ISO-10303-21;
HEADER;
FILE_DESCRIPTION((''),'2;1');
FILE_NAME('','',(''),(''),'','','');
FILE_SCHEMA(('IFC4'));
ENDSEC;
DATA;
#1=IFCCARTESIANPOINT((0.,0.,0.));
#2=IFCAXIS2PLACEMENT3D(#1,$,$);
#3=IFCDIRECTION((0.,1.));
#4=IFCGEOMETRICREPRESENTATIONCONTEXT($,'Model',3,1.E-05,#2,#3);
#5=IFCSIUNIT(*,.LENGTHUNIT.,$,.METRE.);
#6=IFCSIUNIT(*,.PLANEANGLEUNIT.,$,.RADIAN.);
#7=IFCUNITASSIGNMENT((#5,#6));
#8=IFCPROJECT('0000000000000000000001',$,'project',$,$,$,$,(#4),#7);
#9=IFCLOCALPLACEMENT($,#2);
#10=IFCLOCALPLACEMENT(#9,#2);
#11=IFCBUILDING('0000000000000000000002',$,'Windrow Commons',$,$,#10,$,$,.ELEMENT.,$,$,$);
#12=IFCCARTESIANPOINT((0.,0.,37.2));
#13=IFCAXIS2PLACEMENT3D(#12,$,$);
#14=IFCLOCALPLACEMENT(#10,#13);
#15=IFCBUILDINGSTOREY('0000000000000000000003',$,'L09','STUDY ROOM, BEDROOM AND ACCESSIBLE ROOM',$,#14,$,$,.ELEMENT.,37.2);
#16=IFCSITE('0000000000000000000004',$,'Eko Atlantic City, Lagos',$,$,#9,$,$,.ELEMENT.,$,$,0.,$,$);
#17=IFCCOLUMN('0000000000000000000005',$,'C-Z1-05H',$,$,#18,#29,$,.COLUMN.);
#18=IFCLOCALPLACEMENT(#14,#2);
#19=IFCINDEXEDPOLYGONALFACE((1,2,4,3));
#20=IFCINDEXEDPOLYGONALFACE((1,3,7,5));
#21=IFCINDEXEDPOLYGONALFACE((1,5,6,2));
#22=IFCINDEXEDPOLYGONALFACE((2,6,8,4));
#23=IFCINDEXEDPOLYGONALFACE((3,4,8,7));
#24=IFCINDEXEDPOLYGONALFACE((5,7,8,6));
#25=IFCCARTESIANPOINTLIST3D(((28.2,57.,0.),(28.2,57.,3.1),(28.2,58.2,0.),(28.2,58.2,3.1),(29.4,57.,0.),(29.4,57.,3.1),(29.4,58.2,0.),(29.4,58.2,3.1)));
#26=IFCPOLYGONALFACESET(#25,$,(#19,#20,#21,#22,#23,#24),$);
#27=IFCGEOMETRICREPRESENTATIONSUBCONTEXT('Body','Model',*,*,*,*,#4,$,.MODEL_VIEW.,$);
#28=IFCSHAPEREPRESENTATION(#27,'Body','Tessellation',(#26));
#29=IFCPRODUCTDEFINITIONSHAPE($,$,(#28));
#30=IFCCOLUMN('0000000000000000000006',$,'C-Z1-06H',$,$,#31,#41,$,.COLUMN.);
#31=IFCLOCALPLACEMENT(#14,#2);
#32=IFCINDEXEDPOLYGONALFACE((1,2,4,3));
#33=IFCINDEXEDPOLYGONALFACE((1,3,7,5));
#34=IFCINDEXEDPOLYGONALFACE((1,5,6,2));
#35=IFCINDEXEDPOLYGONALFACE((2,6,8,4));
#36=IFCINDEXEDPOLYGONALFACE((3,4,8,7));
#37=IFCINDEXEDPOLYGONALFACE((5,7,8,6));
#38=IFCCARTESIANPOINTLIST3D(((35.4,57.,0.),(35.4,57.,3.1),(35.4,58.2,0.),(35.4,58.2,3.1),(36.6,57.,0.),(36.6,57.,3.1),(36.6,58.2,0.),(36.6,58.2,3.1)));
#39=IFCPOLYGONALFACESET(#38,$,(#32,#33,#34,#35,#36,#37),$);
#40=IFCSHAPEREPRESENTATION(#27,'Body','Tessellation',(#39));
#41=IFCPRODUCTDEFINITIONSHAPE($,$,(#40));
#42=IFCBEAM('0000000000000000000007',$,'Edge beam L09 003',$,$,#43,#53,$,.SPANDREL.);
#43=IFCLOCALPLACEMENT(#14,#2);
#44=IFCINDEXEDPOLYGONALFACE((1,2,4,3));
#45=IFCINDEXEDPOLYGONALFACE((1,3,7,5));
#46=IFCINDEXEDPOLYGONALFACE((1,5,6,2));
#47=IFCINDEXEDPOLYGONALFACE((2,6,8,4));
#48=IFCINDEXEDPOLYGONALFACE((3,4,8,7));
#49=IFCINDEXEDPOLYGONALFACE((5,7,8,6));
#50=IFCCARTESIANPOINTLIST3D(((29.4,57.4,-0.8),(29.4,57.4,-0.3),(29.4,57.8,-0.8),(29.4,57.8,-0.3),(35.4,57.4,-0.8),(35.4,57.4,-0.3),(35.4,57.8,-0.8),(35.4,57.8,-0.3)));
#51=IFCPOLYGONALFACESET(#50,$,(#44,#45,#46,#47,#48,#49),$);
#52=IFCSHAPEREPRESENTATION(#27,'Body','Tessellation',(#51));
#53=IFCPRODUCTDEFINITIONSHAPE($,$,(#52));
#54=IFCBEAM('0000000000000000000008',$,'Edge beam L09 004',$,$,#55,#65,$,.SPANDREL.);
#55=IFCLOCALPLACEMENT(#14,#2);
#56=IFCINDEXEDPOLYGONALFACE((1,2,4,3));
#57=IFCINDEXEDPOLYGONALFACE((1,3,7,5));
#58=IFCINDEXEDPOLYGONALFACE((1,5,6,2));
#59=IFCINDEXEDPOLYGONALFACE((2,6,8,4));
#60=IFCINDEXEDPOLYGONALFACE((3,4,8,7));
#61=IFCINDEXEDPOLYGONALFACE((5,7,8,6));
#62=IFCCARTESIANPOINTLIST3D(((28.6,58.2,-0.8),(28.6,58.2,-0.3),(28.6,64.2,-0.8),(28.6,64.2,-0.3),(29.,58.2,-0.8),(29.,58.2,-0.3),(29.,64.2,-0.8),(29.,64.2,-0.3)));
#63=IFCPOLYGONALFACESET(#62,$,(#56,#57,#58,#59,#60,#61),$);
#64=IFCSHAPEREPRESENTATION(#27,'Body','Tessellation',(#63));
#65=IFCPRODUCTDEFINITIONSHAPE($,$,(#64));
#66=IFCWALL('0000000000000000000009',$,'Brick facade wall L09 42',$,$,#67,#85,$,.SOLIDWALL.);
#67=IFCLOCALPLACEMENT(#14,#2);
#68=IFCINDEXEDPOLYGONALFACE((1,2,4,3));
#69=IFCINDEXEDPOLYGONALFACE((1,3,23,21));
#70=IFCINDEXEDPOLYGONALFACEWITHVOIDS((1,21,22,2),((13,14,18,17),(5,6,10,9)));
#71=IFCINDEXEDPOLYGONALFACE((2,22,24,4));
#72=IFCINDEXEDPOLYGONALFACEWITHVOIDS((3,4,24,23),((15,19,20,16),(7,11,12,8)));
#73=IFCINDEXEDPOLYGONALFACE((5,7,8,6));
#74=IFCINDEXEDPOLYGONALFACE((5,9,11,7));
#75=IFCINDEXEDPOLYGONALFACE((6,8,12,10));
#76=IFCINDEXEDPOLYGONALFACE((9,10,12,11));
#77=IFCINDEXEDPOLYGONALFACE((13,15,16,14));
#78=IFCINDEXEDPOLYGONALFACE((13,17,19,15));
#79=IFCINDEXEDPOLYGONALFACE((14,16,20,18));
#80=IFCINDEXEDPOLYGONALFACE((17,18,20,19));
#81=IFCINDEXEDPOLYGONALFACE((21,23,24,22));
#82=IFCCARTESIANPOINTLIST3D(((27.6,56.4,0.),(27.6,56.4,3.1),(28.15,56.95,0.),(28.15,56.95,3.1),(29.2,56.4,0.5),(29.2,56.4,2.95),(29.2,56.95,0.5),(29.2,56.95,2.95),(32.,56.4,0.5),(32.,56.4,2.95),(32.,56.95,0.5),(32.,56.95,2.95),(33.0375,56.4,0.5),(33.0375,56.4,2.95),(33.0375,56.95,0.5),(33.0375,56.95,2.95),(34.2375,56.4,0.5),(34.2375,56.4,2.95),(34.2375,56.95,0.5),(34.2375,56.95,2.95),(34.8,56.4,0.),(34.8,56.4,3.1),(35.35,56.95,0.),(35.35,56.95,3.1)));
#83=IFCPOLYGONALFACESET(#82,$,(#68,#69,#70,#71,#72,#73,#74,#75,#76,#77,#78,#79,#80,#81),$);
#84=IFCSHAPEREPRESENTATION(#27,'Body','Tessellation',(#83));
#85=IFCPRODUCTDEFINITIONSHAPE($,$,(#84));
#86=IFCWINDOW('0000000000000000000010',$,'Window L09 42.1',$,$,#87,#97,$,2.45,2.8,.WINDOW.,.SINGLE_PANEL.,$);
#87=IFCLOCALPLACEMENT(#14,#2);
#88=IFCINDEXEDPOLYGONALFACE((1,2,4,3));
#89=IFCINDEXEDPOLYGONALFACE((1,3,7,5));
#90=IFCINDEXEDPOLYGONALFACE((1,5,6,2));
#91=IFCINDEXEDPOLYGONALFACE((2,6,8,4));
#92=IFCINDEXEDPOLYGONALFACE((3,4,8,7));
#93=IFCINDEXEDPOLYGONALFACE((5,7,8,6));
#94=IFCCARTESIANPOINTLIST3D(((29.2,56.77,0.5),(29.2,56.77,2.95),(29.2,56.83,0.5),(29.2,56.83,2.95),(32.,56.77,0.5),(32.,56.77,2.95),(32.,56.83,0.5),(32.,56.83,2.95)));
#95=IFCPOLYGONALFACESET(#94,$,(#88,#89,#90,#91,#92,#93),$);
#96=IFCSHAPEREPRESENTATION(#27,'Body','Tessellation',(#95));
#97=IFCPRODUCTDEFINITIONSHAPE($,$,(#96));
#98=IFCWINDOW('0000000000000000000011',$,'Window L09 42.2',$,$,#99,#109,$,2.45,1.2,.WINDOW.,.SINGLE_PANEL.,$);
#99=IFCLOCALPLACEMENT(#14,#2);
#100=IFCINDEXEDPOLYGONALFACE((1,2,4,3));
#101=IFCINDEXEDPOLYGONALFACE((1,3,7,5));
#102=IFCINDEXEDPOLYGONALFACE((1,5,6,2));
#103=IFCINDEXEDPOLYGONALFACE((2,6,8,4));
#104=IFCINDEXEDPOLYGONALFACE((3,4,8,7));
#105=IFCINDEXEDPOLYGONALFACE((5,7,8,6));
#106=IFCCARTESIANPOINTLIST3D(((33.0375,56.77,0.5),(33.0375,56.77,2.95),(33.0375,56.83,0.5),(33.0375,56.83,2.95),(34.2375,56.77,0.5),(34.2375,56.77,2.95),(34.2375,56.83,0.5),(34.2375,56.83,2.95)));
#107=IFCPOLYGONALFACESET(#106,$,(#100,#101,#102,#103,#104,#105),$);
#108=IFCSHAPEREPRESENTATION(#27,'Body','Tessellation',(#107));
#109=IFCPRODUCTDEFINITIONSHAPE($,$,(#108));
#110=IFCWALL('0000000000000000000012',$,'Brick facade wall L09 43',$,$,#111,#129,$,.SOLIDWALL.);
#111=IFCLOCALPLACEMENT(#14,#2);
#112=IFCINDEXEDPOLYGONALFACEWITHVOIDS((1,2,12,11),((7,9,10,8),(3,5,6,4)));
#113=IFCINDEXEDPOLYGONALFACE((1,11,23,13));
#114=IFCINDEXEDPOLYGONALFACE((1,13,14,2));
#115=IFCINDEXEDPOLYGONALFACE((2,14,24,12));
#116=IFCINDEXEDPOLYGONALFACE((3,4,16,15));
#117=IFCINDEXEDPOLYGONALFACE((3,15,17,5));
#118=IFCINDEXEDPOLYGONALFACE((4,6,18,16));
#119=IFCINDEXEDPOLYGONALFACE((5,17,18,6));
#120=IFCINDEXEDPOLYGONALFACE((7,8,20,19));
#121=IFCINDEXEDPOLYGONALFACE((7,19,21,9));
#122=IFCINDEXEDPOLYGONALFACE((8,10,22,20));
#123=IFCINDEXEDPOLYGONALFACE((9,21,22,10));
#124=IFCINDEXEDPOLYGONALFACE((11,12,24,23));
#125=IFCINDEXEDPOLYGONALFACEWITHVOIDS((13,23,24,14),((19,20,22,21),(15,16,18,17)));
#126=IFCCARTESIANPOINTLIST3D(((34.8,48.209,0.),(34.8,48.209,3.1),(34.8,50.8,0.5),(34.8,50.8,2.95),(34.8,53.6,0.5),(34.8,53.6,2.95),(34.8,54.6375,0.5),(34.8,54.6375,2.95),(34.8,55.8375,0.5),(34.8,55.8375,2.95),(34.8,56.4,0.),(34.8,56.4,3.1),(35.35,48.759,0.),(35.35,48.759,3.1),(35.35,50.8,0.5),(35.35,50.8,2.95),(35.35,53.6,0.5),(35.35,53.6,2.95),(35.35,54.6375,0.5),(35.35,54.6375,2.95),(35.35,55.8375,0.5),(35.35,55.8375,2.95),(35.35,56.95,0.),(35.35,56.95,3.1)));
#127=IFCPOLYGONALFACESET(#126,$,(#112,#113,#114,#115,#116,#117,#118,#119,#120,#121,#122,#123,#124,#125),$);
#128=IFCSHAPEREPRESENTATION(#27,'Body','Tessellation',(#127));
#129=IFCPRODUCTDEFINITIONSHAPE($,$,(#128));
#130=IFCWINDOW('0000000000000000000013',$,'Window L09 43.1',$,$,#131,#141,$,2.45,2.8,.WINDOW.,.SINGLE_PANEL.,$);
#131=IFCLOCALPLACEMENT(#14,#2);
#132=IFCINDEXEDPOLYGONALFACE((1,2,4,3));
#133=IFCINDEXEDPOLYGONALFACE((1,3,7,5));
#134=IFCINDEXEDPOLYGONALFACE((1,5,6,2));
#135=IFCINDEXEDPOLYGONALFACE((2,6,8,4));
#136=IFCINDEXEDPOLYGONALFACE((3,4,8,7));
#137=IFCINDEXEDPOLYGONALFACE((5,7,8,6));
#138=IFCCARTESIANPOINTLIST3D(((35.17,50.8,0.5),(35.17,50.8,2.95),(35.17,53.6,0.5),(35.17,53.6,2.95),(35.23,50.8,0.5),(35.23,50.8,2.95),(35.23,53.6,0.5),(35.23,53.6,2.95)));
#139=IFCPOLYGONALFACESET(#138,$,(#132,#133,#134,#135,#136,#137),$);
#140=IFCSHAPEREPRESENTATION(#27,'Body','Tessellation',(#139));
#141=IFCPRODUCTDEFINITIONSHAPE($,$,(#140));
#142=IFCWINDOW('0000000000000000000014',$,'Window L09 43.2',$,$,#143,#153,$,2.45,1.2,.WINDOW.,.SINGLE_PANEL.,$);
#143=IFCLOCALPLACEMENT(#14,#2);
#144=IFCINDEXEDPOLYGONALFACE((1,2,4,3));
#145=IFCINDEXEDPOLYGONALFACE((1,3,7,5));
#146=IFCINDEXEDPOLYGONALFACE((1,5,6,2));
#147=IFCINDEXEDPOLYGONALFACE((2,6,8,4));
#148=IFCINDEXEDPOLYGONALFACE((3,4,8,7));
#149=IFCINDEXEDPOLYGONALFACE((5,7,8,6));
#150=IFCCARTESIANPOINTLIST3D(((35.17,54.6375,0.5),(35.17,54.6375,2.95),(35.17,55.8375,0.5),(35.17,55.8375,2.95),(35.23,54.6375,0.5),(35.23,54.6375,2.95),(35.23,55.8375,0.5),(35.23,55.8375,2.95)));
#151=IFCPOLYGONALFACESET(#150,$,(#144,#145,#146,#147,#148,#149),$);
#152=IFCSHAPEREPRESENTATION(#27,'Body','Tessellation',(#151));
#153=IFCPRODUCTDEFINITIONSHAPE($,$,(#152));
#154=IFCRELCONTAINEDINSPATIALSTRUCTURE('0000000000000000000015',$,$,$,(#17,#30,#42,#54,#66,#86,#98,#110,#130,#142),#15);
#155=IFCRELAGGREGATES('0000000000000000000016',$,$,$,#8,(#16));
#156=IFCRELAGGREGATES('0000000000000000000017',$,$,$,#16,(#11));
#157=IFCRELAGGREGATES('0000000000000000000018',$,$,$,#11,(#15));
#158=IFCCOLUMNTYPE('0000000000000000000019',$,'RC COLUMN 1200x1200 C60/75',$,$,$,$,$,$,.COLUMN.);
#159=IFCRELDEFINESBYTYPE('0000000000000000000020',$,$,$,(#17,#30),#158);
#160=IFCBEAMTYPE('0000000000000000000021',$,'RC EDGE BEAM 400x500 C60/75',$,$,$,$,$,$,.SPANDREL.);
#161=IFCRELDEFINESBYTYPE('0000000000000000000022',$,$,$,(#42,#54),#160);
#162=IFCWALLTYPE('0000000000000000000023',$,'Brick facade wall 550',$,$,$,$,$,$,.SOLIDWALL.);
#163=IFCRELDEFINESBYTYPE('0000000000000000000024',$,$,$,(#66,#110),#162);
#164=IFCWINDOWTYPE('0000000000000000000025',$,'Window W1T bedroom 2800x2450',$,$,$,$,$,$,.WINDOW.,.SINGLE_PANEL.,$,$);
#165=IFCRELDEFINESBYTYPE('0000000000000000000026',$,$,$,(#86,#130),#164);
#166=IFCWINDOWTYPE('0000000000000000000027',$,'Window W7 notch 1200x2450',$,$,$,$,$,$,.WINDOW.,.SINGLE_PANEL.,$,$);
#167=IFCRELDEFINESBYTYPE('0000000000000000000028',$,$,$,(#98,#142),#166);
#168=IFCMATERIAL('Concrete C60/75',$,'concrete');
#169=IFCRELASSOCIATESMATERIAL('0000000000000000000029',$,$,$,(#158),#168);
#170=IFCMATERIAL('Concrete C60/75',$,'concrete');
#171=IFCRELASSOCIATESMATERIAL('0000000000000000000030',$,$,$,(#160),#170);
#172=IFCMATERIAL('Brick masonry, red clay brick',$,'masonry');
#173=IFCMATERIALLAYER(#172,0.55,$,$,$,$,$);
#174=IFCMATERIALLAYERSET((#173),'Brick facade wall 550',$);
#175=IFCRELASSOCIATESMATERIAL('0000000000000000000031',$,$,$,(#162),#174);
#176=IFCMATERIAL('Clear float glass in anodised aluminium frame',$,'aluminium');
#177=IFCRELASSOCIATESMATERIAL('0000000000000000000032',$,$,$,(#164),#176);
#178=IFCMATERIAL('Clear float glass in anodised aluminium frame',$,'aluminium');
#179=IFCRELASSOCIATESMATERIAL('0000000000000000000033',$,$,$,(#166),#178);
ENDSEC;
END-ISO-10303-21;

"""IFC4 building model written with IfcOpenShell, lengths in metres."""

from ifc_helpers import new_model, si_unit, direction, frame, frame_2d, origin, origin_2d, place, context, subcontext, project, spatial, polyline, rectangle, outline, extrude, material, layer, layer_set, material_profile, profile_set, type_object, element, fill, save


model = new_model("IFC4")

# Units and contexts
model_context = context("Model", 3, precision=1e-05, world=origin(), true_north=direction((0.0, 1.0)))
body_context = subcontext(model_context, "Body", "Model", "MODEL_VIEW")
ifc_project = project(units=[si_unit("LENGTHUNIT", "METRE"), si_unit("PLANEANGLEUNIT", "RADIAN")], contexts=[model_context])

# Site, building, storey
site_placement = place(None, origin())
site = spatial("IfcSite", under=ifc_project, at=site_placement, Name="Eko Atlantic City, Lagos", CompositionType="ELEMENT", RefElevation=0.0)
building_placement = place(site_placement, origin())
building = spatial("IfcBuilding", under=site, at=building_placement, Name="Windrow Commons", CompositionType="ELEMENT")
storey_placement = place(building_placement, frame((0.0, 0.0, 37.2)))
storey = spatial("IfcBuildingStorey", under=building, at=storey_placement, Name="L09", Description="STUDY ROOM, BEDROOM AND ACCESSIBLE ROOM", CompositionType="ELEMENT", Elevation=37.2)

# Columns
ifc_material_1 = material(Name="Concrete C60/75", Category="concrete")
ifc_material_profile_1 = material_profile(ifc_material_1, rectangle(XDim=1.2, YDim=1.2, at=origin_2d()))
ifc_profile_set_1 = profile_set([ifc_material_profile_1], Name="Concrete C60/75")
column_type = type_object("IfcColumnType", Name="RC COLUMN 1200x1200 C60/75", PredefinedType="COLUMN", material=ifc_profile_set_1)
for number, where, z_axis, x_axis, name in (
    (1, (28.8, 57.6, 0.0), (0.0, 0.0, 1.0), (1.0, 0.0, 0.0), "C-Z1-05H"),
    (2, (36.0, 57.6, 0.0), (0.0, 0.0, 1.0), (1.0, 0.0, 0.0), "C-Z1-06H"),
):
    element("IfcColumn", number, at=place(storey_placement, frame(where, z_axis=z_axis, x_axis=x_axis)), inside=storey, type_object=column_type, Name=name, PredefinedType="COLUMN", context=body_context, shape_type="SweptSolid", body=[
        extrude(rectangle(XDim=1.2, YDim=1.2, at=origin_2d()), origin(), (0.0, 0.0, 1.0), 3.1),
    ])

# Beams
ifc_material_2 = material(Name="Concrete C60/75", Category="concrete")
ifc_material_profile_2 = material_profile(ifc_material_2, rectangle(XDim=0.4, YDim=0.5, at=origin_2d()))
ifc_profile_set_2 = profile_set([ifc_material_profile_2], Name="Concrete C60/75")
beam_type = type_object("IfcBeamType", Name="RC EDGE BEAM 400x500 C60/75", PredefinedType="SPANDREL", material=ifc_profile_set_2)
for number, where, z_axis, x_axis, name in (
    (3, (35.4, 57.6, -0.55), (-1.0, 0.0, 0.0), (0.0, -1.0, 0.0), "Edge beam L09 003"),
    (4, (28.8, 58.2, -0.55), (0.0, 1.0, 0.0), (-1.0, 0.0, 0.0), "Edge beam L09 004"),
):
    element("IfcBeam", number, at=place(storey_placement, frame(where, z_axis=z_axis, x_axis=x_axis)), inside=storey, type_object=beam_type, Name=name, PredefinedType="SPANDREL", context=body_context, shape_type="SweptSolid", body=[
        extrude(rectangle(XDim=0.4, YDim=0.5, at=origin_2d()), origin(), (0.0, 0.0, 1.0), 6.0),
    ])

# Walls, openings, windows
ifc_material_3 = material(Name="Brick masonry, red clay brick", Category="masonry")
ifc_layer_1 = layer(ifc_material_3, 0.55)
ifc_layer_set_1 = layer_set([ifc_layer_1], Name="Brick facade wall 550")
wall_type_1 = type_object("IfcWallType", Name="Brick facade wall 550", PredefinedType="SOLIDWALL", material=ifc_layer_set_1)
wall_1_placement = place(storey_placement, frame((27.875, 56.675, 0.0), z_axis=(0.0, 0.0, 1.0), x_axis=(1.0, 0.0, 0.0)))
wall_1 = element("IfcWall", 5, at=wall_1_placement, inside=storey, type_object=wall_type_1, Name="Brick facade wall L09 42", PredefinedType="SOLIDWALL", context=body_context, shape_type="SweptSolid", body=[
    extrude(outline(polyline([(-0.275, -0.275), (6.925, -0.275), (7.475, 0.275), (0.275, 0.275), (-0.275, -0.275)])), origin(), (0.0, 0.0, 1.0), 3.1),
])
opening_1_placement = place(wall_1_placement, frame((1.325, 0.0, 0.5)))
opening_1 = element("IfcOpeningElement", 6, at=opening_1_placement, cuts=wall_1, PredefinedType="OPENING", context=body_context, shape_type="SweptSolid", body=[
    extrude(rectangle(XDim=2.8, YDim=2.45, at=frame_2d((1.4, 1.225))), frame((0.0, 0.285, 0.0), z_axis=(0.0, -1.0, 0.0), x_axis=(1.0, 0.0, 0.0)), (0.0, 0.0, 1.0), 0.57),
])
opening_2_placement = place(wall_1_placement, frame((5.1625, 0.0, 0.5)))
opening_2 = element("IfcOpeningElement", 7, at=opening_2_placement, cuts=wall_1, PredefinedType="OPENING", context=body_context, shape_type="SweptSolid", body=[
    extrude(rectangle(XDim=1.2, YDim=2.45, at=frame_2d((0.6, 1.225))), frame((0.0, 0.285, 0.0), z_axis=(0.0, -1.0, 0.0), x_axis=(1.0, 0.0, 0.0)), (0.0, 0.0, 1.0), 0.57),
])
ifc_material_4 = material(Name="Clear float glass in anodised aluminium frame", Category="aluminium")
window_type_1 = type_object("IfcWindowType", Name="Window W1T bedroom 2800x2450", PartitioningType="SINGLE_PANEL", PredefinedType="WINDOW", material=ifc_material_4)
window_1_placement = place(opening_1_placement, origin())
window_1 = element("IfcWindow", 8, at=window_1_placement, inside=storey, type_object=window_type_1, Name="Window L09 42.1", OverallHeight=2.45, OverallWidth=2.8, PartitioningType="SINGLE_PANEL", PredefinedType="WINDOW", context=body_context, shape_type="SweptSolid", body=[
    extrude(rectangle(XDim=2.8, YDim=2.45, at=frame_2d((1.4, 1.225))), frame((0.0, 0.155, 0.0), z_axis=(0.0, -1.0, 0.0), x_axis=(1.0, 0.0, 0.0)), (0.0, 0.0, 1.0), 0.06),
])
fill(opening_1, window_1)
ifc_material_5 = material(Name="Clear float glass in anodised aluminium frame", Category="aluminium")
window_type_2 = type_object("IfcWindowType", Name="Window W7 notch 1200x2450", PartitioningType="SINGLE_PANEL", PredefinedType="WINDOW", material=ifc_material_5)
window_2_placement = place(opening_2_placement, origin())
window_2 = element("IfcWindow", 9, at=window_2_placement, inside=storey, type_object=window_type_2, Name="Window L09 42.2", OverallHeight=2.45, OverallWidth=1.2, PartitioningType="SINGLE_PANEL", PredefinedType="WINDOW", context=body_context, shape_type="SweptSolid", body=[
    extrude(rectangle(XDim=1.2, YDim=2.45, at=frame_2d((0.6, 1.225))), frame((0.0, 0.155, 0.0), z_axis=(0.0, -1.0, 0.0), x_axis=(1.0, 0.0, 0.0)), (0.0, 0.0, 1.0), 0.06),
])
fill(opening_2, window_2)
wall_2_placement = place(storey_placement, frame((35.075, 56.675, 0.0), z_axis=(0.0, 0.0, 1.0), x_axis=(0.0, -1.0, 0.0)))
wall_2 = element("IfcWall", 10, at=wall_2_placement, inside=storey, type_object=wall_type_1, Name="Brick facade wall L09 43", PredefinedType="SOLIDWALL", context=body_context, shape_type="SweptSolid", body=[
    extrude(outline(polyline([(0.275, -0.275), (8.466, -0.275), (7.916, 0.275), (-0.275, 0.275), (0.275, -0.275)])), origin(), (0.0, 0.0, 1.0), 3.1),
])
opening_3_placement = place(wall_2_placement, frame((3.075, 0.0, 0.5)))
opening_3 = element("IfcOpeningElement", 11, at=opening_3_placement, cuts=wall_2, PredefinedType="OPENING", context=body_context, shape_type="SweptSolid", body=[
    extrude(rectangle(XDim=2.8, YDim=2.45, at=frame_2d((1.4, 1.225))), frame((0.0, 0.285, 0.0), z_axis=(0.0, -1.0, 0.0), x_axis=(1.0, 0.0, 0.0)), (0.0, 0.0, 1.0), 0.57),
])
opening_4_placement = place(wall_2_placement, frame((0.8375, 0.0, 0.5)))
opening_4 = element("IfcOpeningElement", 12, at=opening_4_placement, cuts=wall_2, PredefinedType="OPENING", context=body_context, shape_type="SweptSolid", body=[
    extrude(rectangle(XDim=1.2, YDim=2.45, at=frame_2d((0.6, 1.225))), frame((0.0, 0.285, 0.0), z_axis=(0.0, -1.0, 0.0), x_axis=(1.0, 0.0, 0.0)), (0.0, 0.0, 1.0), 0.57),
])
window_3_placement = place(opening_3_placement, origin())
window_3 = element("IfcWindow", 13, at=window_3_placement, inside=storey, type_object=window_type_1, Name="Window L09 43.1", OverallHeight=2.45, OverallWidth=2.8, PartitioningType="SINGLE_PANEL", PredefinedType="WINDOW", context=body_context, shape_type="SweptSolid", body=[
    extrude(rectangle(XDim=2.8, YDim=2.45, at=frame_2d((1.4, 1.225))), frame((0.0, 0.155, 0.0), z_axis=(0.0, -1.0, 0.0), x_axis=(1.0, 0.0, 0.0)), (0.0, 0.0, 1.0), 0.06),
])
fill(opening_3, window_3)
window_4_placement = place(opening_4_placement, origin())
window_4 = element("IfcWindow", 14, at=window_4_placement, inside=storey, type_object=window_type_2, Name="Window L09 43.2", OverallHeight=2.45, OverallWidth=1.2, PartitioningType="SINGLE_PANEL", PredefinedType="WINDOW", context=body_context, shape_type="SweptSolid", body=[
    extrude(rectangle(XDim=1.2, YDim=2.45, at=frame_2d((0.6, 1.225))), frame((0.0, 0.155, 0.0), z_axis=(0.0, -1.0, 0.0), x_axis=(1.0, 0.0, 0.0)), (0.0, 0.0, 1.0), 0.06),
])
fill(opening_4, window_4)

save(model, "model.ifc")
